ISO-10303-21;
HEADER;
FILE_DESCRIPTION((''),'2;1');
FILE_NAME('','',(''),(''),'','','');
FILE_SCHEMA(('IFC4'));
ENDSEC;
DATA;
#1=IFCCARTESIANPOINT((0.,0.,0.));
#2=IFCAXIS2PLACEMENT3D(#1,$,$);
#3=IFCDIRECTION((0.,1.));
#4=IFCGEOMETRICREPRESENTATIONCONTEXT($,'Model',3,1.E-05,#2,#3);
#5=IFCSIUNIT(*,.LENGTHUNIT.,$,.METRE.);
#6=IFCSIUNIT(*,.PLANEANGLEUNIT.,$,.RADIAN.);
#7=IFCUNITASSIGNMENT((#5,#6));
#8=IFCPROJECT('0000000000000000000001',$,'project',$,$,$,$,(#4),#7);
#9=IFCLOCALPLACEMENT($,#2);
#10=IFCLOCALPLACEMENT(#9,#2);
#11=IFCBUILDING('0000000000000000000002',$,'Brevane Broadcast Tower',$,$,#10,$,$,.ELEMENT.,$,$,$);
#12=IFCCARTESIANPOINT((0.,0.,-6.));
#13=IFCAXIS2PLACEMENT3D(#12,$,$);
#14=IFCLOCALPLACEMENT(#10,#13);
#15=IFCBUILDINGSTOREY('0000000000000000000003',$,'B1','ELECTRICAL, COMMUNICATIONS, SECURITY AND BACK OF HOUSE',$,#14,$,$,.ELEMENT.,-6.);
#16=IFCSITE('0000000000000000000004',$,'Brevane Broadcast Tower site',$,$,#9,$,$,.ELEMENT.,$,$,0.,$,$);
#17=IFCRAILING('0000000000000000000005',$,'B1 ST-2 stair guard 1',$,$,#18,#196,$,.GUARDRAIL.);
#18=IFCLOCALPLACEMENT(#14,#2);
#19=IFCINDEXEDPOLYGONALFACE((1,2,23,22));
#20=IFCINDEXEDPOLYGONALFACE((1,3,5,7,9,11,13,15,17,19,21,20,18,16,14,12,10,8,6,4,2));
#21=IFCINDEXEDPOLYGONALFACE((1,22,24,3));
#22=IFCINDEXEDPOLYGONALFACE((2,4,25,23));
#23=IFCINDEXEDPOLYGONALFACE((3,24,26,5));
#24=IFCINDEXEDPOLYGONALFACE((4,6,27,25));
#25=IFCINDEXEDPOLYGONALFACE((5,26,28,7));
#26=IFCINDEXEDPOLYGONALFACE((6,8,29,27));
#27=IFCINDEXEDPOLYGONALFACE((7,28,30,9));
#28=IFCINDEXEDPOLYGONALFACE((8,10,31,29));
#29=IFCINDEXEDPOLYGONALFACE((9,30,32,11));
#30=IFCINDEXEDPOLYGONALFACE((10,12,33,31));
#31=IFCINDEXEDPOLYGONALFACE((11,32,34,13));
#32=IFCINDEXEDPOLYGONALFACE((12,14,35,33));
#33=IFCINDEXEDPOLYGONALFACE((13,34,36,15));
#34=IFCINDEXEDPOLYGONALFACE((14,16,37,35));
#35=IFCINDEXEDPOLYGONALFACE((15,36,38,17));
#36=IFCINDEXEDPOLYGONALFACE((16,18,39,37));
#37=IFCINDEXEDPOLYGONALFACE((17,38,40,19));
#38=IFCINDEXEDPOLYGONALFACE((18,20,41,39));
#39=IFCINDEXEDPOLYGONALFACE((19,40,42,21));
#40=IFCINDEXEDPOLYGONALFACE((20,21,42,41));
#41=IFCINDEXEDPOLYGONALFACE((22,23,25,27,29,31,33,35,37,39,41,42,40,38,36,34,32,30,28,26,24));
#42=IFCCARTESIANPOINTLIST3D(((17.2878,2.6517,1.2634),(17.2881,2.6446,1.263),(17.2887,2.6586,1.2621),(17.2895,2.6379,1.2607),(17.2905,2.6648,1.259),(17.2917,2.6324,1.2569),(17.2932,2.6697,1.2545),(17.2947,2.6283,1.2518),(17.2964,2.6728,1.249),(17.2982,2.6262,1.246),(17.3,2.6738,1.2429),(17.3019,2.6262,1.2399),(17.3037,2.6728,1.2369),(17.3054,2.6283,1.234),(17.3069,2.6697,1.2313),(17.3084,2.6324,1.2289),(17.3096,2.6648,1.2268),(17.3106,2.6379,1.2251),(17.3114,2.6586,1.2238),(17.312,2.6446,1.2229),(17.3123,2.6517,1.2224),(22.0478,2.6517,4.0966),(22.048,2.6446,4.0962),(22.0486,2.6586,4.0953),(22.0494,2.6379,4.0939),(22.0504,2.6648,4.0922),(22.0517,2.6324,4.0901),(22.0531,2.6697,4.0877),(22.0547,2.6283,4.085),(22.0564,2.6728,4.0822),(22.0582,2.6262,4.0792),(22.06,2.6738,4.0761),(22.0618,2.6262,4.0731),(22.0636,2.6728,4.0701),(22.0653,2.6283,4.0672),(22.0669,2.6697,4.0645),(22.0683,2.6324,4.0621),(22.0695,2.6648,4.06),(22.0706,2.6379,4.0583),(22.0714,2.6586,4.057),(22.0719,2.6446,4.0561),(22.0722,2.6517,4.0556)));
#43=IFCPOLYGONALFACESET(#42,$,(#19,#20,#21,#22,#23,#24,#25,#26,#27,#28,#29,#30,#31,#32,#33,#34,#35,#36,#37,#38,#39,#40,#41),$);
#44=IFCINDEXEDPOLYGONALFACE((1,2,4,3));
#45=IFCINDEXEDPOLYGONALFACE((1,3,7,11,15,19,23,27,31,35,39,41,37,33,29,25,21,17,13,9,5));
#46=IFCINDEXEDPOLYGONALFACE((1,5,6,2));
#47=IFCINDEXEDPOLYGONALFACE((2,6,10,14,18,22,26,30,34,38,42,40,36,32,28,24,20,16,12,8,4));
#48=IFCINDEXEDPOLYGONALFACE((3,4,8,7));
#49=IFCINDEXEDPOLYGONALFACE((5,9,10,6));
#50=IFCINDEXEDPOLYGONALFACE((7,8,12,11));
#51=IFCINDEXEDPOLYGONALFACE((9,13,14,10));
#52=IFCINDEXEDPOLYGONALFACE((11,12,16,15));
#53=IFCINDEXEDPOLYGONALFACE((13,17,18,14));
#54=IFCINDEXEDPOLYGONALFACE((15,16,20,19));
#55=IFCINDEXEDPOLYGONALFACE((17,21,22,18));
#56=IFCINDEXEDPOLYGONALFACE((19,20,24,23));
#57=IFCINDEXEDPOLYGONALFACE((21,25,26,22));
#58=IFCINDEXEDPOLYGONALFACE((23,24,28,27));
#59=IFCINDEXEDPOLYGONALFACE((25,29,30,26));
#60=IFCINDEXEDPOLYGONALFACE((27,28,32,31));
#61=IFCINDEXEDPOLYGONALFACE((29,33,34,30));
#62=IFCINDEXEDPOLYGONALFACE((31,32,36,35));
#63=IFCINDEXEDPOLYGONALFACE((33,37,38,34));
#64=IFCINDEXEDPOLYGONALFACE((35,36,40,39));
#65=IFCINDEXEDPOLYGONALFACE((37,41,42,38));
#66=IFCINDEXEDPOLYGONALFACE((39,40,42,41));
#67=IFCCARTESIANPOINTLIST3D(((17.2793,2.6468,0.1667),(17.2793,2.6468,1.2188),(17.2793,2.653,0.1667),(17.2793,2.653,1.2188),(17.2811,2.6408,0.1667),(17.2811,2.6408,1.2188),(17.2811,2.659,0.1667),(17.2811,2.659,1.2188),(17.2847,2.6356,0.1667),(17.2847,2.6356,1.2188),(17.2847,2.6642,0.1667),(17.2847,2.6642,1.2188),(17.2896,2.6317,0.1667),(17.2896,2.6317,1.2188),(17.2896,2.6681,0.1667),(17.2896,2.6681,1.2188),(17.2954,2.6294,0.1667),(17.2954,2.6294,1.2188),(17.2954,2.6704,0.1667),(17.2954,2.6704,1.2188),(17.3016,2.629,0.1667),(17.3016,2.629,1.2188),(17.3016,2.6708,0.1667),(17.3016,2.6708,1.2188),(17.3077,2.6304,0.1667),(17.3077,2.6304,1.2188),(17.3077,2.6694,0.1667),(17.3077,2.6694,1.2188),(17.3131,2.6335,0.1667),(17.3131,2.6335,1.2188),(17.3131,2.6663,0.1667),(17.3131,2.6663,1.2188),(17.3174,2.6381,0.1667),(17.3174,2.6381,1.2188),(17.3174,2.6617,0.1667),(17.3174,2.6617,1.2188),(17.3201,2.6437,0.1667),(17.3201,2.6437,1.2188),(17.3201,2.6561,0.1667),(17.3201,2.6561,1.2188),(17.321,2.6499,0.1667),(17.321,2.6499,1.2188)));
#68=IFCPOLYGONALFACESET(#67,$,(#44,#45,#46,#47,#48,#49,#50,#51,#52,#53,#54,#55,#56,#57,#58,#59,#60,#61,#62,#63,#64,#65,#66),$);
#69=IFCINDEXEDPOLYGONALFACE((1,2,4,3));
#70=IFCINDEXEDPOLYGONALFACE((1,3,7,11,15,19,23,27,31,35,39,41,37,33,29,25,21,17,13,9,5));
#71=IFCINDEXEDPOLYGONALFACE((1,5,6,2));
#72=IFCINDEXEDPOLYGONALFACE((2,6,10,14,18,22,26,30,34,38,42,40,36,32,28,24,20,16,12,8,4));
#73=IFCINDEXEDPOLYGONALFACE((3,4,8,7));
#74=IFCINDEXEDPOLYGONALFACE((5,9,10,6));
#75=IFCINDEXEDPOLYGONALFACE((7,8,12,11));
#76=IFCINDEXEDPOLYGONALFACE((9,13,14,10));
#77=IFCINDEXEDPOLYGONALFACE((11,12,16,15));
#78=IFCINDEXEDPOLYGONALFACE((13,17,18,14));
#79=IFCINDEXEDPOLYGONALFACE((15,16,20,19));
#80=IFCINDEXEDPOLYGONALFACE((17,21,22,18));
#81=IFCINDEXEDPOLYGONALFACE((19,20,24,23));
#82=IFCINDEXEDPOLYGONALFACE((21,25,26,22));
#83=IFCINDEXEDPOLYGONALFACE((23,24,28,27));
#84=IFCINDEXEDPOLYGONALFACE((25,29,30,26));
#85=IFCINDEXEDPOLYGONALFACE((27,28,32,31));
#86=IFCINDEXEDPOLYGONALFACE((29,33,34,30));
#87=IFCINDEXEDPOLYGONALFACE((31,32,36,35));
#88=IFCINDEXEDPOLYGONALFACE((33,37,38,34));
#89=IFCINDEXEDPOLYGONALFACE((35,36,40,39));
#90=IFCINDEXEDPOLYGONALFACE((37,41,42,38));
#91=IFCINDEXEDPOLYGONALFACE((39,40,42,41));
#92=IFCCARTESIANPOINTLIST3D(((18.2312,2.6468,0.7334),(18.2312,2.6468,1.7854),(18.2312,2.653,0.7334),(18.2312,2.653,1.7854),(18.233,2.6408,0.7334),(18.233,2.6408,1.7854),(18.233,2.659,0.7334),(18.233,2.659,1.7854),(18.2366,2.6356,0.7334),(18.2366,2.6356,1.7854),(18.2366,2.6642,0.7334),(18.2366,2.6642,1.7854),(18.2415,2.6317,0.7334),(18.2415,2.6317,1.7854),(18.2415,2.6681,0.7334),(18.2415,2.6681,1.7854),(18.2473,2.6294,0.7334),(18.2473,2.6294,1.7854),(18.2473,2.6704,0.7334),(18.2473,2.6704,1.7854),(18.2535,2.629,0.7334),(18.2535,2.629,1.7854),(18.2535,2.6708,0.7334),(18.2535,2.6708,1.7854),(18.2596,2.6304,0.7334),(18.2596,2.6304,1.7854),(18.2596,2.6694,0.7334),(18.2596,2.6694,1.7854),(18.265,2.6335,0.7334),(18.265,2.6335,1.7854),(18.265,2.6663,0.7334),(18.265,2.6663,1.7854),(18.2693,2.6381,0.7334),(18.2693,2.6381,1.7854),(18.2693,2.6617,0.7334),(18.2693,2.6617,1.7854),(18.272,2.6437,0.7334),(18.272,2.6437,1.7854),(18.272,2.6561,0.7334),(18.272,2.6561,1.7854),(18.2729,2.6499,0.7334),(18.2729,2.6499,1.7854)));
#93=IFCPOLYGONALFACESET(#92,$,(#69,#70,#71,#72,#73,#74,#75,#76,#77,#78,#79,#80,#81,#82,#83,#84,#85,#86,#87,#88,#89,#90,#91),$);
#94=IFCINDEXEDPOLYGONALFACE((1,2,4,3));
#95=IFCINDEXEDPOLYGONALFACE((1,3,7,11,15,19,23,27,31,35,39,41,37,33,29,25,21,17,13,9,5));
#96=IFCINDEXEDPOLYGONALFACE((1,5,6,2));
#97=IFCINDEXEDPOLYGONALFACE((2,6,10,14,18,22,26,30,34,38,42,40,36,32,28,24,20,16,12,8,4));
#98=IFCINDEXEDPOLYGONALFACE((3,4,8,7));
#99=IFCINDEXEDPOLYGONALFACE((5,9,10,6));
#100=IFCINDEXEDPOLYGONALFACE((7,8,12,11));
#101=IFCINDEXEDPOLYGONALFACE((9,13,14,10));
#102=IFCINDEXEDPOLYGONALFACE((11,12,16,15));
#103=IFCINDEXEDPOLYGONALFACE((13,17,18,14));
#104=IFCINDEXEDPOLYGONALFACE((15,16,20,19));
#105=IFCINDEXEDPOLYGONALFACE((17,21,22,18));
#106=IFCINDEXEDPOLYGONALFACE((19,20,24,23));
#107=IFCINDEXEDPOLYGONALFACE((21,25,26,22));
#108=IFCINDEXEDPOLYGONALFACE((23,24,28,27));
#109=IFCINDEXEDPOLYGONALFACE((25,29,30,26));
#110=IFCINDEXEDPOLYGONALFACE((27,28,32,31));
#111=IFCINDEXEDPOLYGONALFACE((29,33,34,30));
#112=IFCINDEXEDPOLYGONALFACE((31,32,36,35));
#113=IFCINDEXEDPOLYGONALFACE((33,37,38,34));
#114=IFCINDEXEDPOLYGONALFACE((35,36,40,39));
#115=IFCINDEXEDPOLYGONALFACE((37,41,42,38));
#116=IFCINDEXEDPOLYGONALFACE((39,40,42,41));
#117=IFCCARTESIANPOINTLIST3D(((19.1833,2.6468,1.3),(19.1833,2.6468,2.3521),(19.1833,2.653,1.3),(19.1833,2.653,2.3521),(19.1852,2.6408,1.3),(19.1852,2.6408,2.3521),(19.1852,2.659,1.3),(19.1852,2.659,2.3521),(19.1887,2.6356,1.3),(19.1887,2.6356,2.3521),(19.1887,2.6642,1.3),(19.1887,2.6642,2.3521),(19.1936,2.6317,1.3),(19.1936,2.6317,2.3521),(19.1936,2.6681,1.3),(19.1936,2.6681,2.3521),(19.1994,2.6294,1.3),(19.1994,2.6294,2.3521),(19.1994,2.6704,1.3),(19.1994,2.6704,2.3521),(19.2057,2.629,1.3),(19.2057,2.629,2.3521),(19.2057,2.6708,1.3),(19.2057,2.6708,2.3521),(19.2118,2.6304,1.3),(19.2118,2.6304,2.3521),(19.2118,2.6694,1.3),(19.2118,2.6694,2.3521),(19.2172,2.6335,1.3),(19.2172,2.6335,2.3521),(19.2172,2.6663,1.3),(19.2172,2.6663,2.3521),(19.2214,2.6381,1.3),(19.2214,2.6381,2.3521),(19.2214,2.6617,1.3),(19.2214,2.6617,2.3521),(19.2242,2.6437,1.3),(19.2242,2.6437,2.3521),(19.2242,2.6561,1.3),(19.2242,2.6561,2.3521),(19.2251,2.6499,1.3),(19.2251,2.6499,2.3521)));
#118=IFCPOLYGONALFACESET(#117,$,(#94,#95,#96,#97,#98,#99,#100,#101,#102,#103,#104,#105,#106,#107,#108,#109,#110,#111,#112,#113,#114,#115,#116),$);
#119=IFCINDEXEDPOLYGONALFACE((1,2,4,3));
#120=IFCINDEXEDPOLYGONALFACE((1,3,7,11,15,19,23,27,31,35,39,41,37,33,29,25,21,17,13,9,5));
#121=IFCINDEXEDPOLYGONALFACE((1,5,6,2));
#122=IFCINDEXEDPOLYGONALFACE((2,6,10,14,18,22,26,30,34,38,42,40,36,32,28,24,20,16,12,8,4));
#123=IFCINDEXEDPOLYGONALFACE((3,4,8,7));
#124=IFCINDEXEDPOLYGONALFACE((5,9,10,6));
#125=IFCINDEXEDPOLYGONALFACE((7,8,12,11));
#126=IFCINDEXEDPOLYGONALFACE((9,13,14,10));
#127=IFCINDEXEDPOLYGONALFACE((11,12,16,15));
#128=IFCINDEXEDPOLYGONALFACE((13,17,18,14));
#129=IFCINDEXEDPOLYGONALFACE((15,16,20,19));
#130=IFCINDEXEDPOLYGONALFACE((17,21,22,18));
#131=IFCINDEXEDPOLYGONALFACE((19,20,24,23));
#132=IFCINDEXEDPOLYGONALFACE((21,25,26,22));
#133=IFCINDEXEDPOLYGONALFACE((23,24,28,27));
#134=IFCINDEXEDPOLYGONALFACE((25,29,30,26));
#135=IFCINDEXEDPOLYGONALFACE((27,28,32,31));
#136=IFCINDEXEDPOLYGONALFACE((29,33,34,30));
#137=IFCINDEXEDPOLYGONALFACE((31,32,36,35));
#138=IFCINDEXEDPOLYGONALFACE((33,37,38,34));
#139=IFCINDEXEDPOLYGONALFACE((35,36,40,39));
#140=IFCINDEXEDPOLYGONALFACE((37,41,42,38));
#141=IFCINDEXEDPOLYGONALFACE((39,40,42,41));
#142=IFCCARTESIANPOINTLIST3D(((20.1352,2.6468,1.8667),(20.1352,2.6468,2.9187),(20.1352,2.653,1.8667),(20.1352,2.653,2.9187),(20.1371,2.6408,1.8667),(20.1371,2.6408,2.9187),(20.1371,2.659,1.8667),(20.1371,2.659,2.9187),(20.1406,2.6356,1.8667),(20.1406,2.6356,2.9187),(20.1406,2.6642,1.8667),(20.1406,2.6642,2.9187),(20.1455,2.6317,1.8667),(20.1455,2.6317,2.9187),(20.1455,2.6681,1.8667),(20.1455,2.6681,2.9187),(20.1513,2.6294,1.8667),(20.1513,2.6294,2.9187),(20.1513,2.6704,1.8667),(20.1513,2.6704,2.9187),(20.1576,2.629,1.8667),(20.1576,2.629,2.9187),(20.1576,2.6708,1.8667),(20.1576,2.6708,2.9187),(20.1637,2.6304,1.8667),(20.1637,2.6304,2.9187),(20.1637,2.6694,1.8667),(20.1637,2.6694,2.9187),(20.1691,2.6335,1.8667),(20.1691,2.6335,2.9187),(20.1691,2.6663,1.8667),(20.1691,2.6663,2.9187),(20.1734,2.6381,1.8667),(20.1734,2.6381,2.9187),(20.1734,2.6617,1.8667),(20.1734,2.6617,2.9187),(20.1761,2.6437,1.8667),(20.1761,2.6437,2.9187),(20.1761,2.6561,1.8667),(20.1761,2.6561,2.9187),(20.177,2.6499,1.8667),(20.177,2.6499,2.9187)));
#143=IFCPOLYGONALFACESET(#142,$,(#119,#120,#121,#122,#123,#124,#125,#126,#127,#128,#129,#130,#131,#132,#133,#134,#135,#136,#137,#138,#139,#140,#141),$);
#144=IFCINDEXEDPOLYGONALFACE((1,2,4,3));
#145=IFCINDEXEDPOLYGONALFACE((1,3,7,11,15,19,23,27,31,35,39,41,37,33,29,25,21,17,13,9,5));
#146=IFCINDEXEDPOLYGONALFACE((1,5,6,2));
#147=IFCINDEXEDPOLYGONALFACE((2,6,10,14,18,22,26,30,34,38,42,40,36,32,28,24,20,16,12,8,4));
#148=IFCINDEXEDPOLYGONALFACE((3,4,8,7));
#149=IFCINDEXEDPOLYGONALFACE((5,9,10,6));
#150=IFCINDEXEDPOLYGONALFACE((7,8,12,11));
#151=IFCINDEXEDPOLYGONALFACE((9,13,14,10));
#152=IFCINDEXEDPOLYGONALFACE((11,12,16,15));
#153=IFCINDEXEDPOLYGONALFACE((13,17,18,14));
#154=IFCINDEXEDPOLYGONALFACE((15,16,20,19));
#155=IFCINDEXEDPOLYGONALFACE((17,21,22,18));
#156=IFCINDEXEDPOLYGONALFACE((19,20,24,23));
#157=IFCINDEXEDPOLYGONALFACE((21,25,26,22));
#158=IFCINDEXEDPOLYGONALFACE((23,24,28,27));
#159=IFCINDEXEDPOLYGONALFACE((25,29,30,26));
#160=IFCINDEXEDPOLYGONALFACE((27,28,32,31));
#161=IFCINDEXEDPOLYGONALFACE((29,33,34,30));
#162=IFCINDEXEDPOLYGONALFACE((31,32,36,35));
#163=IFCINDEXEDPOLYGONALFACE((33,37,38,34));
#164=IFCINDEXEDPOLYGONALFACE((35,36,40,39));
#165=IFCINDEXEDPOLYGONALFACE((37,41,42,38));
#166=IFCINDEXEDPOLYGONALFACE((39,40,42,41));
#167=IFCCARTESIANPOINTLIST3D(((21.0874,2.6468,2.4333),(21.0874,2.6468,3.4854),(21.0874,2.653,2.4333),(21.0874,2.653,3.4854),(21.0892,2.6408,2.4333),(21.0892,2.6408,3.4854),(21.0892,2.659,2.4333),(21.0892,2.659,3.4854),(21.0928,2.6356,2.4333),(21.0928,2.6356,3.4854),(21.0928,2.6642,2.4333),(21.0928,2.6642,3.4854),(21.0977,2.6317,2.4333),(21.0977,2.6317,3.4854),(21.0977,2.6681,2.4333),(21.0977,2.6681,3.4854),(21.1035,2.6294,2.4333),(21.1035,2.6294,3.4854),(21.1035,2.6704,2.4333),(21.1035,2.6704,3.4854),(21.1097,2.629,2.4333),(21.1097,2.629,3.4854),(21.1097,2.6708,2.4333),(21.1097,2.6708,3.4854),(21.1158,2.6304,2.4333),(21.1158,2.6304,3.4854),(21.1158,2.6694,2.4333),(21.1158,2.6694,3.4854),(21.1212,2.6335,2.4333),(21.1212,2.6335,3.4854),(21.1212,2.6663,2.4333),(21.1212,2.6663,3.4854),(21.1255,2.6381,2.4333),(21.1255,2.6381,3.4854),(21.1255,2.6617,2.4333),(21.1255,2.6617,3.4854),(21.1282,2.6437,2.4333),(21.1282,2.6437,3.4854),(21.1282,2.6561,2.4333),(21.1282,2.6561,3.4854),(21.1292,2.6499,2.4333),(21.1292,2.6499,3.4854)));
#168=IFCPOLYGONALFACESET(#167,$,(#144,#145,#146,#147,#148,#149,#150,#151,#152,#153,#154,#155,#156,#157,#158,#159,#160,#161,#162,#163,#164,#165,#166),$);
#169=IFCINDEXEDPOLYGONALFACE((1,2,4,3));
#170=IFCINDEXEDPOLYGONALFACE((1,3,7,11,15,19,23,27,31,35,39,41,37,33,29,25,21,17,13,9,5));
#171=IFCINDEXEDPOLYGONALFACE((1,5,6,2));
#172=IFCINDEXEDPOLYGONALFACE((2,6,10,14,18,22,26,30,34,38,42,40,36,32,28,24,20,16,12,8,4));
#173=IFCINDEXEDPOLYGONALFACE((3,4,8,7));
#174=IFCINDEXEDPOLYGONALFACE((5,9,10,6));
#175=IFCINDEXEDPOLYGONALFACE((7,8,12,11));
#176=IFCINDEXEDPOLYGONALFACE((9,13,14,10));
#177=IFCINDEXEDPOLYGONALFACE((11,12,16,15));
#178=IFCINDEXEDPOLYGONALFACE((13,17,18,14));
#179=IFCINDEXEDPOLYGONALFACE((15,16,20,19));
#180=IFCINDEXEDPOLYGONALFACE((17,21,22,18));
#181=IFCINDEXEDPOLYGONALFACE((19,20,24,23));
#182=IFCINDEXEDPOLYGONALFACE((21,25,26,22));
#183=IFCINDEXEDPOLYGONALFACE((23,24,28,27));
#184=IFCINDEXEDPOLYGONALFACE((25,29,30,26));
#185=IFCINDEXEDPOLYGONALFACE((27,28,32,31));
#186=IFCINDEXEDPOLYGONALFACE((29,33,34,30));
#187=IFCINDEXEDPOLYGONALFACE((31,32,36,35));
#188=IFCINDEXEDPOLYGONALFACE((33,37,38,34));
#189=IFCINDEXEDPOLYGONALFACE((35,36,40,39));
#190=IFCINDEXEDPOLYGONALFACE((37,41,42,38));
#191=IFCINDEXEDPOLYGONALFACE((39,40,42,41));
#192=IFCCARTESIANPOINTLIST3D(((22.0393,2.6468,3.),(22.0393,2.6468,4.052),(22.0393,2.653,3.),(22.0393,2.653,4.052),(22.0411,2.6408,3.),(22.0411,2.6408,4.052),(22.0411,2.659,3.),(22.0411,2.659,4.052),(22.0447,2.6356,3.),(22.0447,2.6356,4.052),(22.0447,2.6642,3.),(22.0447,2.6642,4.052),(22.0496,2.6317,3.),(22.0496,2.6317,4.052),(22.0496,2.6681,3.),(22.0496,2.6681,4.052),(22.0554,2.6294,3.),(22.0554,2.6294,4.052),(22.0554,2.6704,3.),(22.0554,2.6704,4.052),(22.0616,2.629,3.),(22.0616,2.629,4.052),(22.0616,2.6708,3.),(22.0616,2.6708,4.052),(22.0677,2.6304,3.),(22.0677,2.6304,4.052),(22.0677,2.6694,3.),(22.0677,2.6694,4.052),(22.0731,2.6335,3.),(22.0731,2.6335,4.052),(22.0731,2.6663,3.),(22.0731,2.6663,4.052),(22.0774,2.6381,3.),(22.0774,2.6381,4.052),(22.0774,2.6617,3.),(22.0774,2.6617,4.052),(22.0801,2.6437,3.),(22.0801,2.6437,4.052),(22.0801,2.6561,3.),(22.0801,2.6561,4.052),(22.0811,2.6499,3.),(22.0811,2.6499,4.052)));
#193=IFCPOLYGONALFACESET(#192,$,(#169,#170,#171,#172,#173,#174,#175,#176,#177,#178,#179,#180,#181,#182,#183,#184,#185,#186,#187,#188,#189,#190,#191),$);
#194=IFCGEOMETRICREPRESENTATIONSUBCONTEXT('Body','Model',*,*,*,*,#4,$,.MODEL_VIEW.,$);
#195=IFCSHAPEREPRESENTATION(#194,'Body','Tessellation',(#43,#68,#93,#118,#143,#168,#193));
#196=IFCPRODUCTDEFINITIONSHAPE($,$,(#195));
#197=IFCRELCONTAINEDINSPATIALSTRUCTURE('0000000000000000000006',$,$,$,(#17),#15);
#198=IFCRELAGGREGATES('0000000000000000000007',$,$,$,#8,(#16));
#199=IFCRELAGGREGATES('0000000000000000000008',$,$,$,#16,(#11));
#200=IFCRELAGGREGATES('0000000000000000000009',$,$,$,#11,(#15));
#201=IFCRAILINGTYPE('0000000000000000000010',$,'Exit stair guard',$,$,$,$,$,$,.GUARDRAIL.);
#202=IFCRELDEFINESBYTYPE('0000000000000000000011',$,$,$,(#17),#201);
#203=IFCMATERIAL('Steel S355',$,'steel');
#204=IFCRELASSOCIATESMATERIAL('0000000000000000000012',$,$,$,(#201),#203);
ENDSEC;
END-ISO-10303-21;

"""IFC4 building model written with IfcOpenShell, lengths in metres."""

from ifc_helpers import new_model, si_unit, direction, frame, origin, origin_2d, place, context, subcontext, project, spatial, circle, extrude, material, type_object, element, save


model = new_model("IFC4")

# Units and contexts
model_context = context("Model", 3, precision=1e-05, world=origin(), true_north=direction((0.0, 1.0)))
body_context = subcontext(model_context, "Body", "Model", "MODEL_VIEW")
ifc_project = project(units=[si_unit("LENGTHUNIT", "METRE"), si_unit("PLANEANGLEUNIT", "RADIAN")], contexts=[model_context])

# Site, building, storey
site_placement = place(None, origin())
site = spatial("IfcSite", under=ifc_project, at=site_placement, Name="Brevane Broadcast Tower site", CompositionType="ELEMENT", RefElevation=0.0)
building_placement = place(site_placement, origin())
building = spatial("IfcBuilding", under=site, at=building_placement, Name="Brevane Broadcast Tower", CompositionType="ELEMENT")
storey_placement = place(building_placement, frame((0.0, 0.0, -6.0)))
storey = spatial("IfcBuildingStorey", under=building, at=storey_placement, Name="B1", Description="ELECTRICAL, COMMUNICATIONS, SECURITY AND BACK OF HOUSE", CompositionType="ELEMENT", Elevation=-6.0)

# Railing
ifc_material_1 = material(Name="Steel S355", Category="steel")
railing_type_1 = type_object("IfcRailingType", Name="Exit stair guard", PredefinedType="GUARDRAIL", material=ifc_material_1)
railing_1_placement = place(storey_placement, frame((17.3, 2.6499, 0.1667)))
element("IfcRailing", 1, at=railing_1_placement, inside=storey, type_object=railing_type_1, Name="B1 ST-2 stair guard 1", PredefinedType="GUARDRAIL", context=body_context, shape_type="SweptSolid", body=[
    extrude(circle(Radius=0.0239, at=origin_2d()), frame((0.0, 0.0, 1.0762), z_axis=(0.8593, 0.0, 0.511472), x_axis=(0.0, 1.0, 0.0)), (0.0, 0.0, 1.0), 5.5393),
    extrude(circle(Radius=0.021, at=origin_2d()), origin(), (0.0, 0.0, 1.0), 1.052),
    extrude(circle(Radius=0.021, at=origin_2d()), frame((0.9519, 0.0, 0.5667)), (0.0, 0.0, 1.0), 1.052),
    extrude(circle(Radius=0.021, at=origin_2d()), frame((1.9041, 0.0, 1.1333)), (0.0, 0.0, 1.0), 1.052),
    extrude(circle(Radius=0.021, at=origin_2d()), frame((2.856, 0.0, 1.7)), (0.0, 0.0, 1.0), 1.052),
    extrude(circle(Radius=0.021, at=origin_2d()), frame((3.8081, 0.0, 2.2666)), (0.0, 0.0, 1.0), 1.052),
    extrude(circle(Radius=0.021, at=origin_2d()), frame((4.76, 0.0, 2.8333)), (0.0, 0.0, 1.0), 1.052),
])

save(model, "model.ifc")
